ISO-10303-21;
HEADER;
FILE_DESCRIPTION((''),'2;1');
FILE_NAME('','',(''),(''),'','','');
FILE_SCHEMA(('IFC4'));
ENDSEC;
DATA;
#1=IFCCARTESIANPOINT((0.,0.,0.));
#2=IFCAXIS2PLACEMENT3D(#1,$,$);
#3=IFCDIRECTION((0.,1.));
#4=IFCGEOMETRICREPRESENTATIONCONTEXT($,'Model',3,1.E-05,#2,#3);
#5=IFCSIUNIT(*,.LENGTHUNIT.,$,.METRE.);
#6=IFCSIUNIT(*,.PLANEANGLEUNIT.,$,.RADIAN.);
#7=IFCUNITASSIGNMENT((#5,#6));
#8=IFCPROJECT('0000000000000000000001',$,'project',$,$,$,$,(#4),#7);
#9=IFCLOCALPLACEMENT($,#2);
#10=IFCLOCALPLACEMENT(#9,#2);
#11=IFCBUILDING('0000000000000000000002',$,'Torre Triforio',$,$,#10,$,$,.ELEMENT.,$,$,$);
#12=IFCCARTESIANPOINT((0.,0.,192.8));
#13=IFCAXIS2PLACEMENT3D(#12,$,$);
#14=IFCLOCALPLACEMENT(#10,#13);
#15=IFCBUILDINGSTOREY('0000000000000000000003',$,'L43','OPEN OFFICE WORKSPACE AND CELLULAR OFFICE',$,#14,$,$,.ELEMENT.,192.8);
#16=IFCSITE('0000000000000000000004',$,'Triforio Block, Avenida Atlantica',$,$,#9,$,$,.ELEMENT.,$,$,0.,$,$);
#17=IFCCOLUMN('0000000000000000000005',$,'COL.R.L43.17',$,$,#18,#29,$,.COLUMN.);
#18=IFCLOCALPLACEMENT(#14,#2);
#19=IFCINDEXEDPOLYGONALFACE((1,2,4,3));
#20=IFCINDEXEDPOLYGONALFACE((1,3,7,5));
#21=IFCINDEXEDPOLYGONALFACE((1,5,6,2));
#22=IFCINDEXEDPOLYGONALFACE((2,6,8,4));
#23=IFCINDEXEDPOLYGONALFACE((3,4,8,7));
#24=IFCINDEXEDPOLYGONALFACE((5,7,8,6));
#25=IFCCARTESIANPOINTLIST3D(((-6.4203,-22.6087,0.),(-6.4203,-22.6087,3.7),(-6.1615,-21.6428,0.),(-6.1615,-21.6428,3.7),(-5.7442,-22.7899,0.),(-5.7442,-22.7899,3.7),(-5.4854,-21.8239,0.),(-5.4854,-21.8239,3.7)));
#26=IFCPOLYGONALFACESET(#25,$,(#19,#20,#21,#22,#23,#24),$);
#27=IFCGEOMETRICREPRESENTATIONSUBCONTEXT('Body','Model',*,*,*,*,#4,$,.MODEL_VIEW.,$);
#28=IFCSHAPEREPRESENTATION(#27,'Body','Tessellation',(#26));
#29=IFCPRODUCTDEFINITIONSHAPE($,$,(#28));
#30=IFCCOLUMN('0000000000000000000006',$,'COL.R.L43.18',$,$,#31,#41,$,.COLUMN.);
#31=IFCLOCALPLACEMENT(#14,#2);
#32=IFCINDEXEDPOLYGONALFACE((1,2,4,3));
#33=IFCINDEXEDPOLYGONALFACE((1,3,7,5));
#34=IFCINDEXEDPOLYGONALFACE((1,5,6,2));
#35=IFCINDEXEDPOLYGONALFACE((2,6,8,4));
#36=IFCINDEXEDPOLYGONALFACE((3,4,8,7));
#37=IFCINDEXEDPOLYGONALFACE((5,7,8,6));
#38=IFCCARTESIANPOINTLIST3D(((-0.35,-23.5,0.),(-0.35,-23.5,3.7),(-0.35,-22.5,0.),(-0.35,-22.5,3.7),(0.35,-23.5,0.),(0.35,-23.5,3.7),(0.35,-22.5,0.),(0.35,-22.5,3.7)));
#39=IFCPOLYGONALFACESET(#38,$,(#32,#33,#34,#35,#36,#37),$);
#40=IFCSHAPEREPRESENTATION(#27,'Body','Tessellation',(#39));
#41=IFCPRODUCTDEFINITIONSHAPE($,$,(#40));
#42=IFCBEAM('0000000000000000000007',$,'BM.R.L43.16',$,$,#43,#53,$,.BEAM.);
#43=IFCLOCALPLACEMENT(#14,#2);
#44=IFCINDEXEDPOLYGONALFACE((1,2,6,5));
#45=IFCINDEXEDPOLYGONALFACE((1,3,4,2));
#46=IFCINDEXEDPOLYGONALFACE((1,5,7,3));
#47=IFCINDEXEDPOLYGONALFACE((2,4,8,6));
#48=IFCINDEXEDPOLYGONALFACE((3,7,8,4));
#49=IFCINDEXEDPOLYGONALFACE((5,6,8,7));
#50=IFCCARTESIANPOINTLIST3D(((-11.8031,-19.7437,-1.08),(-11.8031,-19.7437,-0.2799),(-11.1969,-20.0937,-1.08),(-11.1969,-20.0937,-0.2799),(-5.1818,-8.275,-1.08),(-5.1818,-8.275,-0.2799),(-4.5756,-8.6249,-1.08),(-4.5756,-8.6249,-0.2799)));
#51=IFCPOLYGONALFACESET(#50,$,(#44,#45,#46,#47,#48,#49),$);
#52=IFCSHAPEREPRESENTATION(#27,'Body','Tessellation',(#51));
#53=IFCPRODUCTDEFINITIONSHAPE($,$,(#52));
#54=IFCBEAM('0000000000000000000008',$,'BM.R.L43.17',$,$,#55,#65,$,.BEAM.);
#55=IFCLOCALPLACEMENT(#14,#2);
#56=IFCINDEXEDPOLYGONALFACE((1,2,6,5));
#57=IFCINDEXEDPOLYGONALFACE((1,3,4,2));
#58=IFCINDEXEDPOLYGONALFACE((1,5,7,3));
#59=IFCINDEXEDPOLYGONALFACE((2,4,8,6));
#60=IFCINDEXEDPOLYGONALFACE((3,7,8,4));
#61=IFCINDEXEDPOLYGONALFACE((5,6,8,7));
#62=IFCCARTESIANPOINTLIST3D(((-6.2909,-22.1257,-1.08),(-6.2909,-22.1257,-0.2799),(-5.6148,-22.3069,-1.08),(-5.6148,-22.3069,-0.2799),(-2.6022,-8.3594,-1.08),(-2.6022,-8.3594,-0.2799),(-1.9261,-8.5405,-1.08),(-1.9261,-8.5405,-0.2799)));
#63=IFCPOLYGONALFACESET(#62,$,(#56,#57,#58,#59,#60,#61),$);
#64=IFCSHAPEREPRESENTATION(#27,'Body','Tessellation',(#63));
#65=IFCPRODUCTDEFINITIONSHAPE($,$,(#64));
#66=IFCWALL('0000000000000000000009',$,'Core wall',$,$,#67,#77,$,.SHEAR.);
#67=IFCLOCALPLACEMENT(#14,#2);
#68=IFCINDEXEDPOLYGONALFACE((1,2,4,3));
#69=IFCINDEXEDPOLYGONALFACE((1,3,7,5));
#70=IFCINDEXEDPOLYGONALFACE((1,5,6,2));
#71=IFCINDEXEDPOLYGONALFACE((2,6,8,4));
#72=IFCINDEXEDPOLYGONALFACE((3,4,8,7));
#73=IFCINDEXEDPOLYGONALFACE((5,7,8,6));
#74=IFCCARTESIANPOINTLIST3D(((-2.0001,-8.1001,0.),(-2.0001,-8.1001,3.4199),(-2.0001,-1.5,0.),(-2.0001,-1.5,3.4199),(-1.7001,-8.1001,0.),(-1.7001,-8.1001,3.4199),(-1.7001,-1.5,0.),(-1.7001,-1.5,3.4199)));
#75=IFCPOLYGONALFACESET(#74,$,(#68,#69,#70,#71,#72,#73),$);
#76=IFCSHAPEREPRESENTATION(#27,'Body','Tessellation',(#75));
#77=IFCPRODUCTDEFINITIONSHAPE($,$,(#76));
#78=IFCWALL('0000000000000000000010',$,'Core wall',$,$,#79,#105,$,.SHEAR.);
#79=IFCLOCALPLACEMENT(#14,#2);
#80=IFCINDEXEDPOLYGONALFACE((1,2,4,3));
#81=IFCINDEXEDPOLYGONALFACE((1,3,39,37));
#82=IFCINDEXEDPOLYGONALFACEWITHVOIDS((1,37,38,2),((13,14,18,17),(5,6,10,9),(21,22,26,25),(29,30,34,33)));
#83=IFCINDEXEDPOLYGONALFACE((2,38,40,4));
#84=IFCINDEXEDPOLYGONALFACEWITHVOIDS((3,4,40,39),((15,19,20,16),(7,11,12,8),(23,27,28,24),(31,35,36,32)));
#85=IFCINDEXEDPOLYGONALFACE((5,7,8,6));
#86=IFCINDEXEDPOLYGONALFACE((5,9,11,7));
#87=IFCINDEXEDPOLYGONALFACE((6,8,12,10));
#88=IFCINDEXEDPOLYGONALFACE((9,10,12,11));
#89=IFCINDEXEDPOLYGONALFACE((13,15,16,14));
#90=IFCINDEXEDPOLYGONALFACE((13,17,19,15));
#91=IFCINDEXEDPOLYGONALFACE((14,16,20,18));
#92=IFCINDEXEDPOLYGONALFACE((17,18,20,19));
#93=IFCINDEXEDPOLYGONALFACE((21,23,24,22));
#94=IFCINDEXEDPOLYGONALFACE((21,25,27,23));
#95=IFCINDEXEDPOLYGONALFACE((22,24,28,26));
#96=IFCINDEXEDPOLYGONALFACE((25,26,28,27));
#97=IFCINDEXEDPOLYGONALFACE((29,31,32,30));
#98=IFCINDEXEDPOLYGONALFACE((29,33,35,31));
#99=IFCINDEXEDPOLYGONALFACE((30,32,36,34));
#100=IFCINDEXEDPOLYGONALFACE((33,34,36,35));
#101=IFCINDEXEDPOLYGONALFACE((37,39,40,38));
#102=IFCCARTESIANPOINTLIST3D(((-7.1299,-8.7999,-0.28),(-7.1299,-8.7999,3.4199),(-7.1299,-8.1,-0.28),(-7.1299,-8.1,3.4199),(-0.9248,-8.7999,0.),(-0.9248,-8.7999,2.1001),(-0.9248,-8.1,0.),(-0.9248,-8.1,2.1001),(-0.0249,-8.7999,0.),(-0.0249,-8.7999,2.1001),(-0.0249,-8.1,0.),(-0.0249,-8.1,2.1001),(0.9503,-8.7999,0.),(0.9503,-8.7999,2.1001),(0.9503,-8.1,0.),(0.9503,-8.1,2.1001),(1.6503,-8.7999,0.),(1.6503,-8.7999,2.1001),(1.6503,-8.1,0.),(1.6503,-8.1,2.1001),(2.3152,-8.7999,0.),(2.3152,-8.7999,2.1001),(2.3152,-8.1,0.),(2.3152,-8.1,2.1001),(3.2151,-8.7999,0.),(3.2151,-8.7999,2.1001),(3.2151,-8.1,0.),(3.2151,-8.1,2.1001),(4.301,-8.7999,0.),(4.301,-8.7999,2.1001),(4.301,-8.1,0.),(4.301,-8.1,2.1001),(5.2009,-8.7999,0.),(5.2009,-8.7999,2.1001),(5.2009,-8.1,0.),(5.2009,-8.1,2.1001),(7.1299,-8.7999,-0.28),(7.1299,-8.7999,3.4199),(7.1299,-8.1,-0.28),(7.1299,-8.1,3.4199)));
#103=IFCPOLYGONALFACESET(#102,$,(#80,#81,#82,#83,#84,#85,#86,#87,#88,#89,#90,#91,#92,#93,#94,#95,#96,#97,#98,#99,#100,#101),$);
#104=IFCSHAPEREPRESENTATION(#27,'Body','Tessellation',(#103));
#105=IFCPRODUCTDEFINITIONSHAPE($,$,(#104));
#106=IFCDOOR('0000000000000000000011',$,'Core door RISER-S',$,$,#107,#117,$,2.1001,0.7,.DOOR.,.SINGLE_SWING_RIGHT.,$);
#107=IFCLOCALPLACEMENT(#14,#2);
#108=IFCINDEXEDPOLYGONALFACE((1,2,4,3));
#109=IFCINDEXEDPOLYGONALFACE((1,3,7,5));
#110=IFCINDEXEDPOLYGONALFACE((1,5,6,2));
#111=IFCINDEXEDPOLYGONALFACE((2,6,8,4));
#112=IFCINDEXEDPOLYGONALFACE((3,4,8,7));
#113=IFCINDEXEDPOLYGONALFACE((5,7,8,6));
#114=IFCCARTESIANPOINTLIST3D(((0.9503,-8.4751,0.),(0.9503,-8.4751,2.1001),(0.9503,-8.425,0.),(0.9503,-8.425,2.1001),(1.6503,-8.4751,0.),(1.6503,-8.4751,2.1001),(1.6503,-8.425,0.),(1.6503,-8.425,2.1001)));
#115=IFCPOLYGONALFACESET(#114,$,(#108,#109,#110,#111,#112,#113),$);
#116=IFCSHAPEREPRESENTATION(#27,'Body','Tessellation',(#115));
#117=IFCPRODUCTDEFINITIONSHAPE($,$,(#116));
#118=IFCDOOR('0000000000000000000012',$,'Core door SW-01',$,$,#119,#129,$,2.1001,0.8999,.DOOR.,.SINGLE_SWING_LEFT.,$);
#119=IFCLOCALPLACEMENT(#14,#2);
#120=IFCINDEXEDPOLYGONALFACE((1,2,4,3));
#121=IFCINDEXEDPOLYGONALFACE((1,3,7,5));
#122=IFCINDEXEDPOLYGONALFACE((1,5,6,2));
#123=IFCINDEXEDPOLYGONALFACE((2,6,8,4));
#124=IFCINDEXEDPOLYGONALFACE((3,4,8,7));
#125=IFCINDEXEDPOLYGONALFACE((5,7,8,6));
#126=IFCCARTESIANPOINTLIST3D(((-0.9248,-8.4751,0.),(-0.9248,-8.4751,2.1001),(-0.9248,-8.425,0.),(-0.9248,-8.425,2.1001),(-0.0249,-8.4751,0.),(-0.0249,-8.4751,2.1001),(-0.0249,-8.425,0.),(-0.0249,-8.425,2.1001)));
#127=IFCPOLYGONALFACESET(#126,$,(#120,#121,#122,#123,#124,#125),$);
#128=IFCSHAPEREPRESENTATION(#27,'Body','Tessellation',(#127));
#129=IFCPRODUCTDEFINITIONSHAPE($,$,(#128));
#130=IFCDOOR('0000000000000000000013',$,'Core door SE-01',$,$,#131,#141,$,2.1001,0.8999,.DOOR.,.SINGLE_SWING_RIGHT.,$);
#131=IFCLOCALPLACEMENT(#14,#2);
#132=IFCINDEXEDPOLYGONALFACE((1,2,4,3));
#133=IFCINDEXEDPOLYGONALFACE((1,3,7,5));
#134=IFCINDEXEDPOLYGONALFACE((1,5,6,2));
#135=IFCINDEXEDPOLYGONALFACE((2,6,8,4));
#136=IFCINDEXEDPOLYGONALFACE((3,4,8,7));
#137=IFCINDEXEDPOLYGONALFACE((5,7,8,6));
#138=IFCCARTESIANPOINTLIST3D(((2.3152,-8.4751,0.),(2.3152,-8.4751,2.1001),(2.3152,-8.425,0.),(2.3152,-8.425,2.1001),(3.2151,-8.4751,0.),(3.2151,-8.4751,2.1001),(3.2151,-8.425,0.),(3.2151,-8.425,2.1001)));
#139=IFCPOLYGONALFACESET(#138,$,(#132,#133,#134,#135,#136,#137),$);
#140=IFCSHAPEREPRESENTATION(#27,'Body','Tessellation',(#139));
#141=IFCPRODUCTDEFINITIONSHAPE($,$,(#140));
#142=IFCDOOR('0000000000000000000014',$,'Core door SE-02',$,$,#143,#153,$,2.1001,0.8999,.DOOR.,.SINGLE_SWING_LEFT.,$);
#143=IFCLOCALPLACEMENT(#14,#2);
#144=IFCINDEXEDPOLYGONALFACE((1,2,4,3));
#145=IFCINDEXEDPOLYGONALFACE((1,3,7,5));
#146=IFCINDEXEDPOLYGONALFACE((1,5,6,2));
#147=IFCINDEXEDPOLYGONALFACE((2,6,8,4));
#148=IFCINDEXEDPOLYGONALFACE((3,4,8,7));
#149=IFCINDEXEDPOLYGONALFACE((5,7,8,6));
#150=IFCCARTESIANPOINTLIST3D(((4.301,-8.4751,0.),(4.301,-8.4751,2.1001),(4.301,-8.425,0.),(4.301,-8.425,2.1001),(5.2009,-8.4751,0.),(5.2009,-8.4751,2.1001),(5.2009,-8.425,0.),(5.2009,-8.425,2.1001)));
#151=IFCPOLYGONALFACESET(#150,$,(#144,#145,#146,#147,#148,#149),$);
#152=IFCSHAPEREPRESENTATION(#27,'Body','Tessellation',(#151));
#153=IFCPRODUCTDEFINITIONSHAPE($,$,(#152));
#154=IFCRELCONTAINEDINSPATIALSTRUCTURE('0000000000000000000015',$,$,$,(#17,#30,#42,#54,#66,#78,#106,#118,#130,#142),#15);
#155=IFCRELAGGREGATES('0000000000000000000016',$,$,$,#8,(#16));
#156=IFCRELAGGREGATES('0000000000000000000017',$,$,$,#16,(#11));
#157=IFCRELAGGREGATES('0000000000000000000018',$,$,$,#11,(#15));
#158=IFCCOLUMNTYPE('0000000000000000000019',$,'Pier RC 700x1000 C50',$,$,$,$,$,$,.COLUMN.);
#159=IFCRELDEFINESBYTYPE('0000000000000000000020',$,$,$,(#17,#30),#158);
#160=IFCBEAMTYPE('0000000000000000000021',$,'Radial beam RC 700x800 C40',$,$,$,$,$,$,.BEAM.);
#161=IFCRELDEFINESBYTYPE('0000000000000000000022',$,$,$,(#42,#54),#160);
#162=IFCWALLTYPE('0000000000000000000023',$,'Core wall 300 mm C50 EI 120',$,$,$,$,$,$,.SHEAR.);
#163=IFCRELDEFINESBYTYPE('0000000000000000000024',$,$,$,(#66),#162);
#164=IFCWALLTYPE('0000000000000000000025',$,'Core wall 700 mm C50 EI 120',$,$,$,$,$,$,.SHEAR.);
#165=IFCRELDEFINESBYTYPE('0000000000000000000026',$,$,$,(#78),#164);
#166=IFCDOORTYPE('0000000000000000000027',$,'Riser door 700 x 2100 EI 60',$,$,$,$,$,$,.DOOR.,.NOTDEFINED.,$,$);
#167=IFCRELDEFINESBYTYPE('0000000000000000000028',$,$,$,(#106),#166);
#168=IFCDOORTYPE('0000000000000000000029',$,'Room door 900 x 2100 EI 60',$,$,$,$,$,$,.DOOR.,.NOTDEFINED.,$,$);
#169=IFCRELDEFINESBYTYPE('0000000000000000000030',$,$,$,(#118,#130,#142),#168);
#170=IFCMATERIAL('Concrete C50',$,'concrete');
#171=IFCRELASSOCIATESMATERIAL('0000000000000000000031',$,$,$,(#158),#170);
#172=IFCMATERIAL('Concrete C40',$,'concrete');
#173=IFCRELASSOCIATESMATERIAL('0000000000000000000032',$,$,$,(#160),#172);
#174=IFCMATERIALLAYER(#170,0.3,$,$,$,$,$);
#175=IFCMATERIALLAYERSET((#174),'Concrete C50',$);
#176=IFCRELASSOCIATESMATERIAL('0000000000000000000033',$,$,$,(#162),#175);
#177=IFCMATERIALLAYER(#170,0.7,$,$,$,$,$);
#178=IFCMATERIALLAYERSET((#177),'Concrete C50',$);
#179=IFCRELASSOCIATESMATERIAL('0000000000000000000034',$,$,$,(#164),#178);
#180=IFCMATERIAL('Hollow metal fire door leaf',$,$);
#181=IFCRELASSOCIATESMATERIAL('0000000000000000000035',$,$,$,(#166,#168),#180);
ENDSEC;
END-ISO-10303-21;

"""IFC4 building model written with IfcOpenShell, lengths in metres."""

from ifc_helpers import new_model, si_unit, direction, frame, frame_2d, origin, origin_2d, place, context, subcontext, project, spatial, rectangle, extrude, material, layer, layer_set, material_profile, profile_set, type_object, element, fill, save


model = new_model("IFC4")

# Units and contexts
model_context = context("Model", 3, precision=1e-05, world=origin(), true_north=direction((0.0, 1.0)))
body_context = subcontext(model_context, "Body", "Model", "MODEL_VIEW")
ifc_project = project(units=[si_unit("LENGTHUNIT", "METRE"), si_unit("PLANEANGLEUNIT", "RADIAN")], contexts=[model_context])

# Site, building, storey
site_placement = place(None, origin())
site = spatial("IfcSite", under=ifc_project, at=site_placement, Name="Triforio Block, Avenida Atlantica", CompositionType="ELEMENT", RefElevation=0.0)
building_placement = place(site_placement, origin())
building = spatial("IfcBuilding", under=site, at=building_placement, Name="Torre Triforio", CompositionType="ELEMENT")
storey_placement = place(building_placement, frame((0.0, 0.0, 192.8)))
storey = spatial("IfcBuildingStorey", under=building, at=storey_placement, Name="L43", Description="OPEN OFFICE WORKSPACE AND CELLULAR OFFICE", CompositionType="ELEMENT", Elevation=192.8)

# Columns
ifc_material_1 = material(Name="Concrete C50", Category="concrete")
ifc_material_profile_1 = material_profile(ifc_material_1, rectangle(XDim=0.7, YDim=1.0, at=origin_2d()), Name="RC 700x1000")
ifc_profile_set_1 = profile_set([ifc_material_profile_1], Name="Concrete C50")
column_type = type_object("IfcColumnType", Name="Pier RC 700x1000 C50", PredefinedType="COLUMN", material=ifc_profile_set_1)
for number, where, z_axis, x_axis, name in (
    (1, (-5.9529, -22.2163, 0.0), (0.0, 0.0, 1.0), (0.965926, -0.258819, 0.0), "COL.R.L43.17"),
    (2, (0.0, -23.0, 0.0), (0.0, 0.0, 1.0), (1.0, 0.0, 0.0), "COL.R.L43.18"),
):
    element("IfcColumn", number, at=place(storey_placement, frame(where, z_axis=z_axis, x_axis=x_axis)), inside=storey, type_object=column_type, Name=name, PredefinedType="COLUMN", context=body_context, shape_type="SweptSolid", body=[
        extrude(rectangle(XDim=0.7, YDim=1.0, at=origin_2d()), origin(), (0.0, 0.0, 1.0), 3.7),
    ])

# Beams
ifc_material_2 = material(Name="Concrete C40", Category="concrete")
ifc_material_profile_2 = material_profile(ifc_material_2, rectangle(XDim=0.7, YDim=0.8, at=origin_2d()), Name="RC 700x800")
ifc_profile_set_2 = profile_set([ifc_material_profile_2], Name="Concrete C40")
beam_type = type_object("IfcBeamType", Name="Radial beam RC 700x800 C40", PredefinedType="BEAM", material=ifc_profile_set_2)
beam_1_placement = place(storey_placement, frame((-4.8787, -8.45, -0.6799), z_axis=(-0.499992, -0.86603, 0.0), x_axis=(0.86603, -0.499992, 0.0)))
element("IfcBeam", 3, at=beam_1_placement, inside=storey, type_object=beam_type, Name="BM.R.L43.16", PredefinedType="BEAM", context=body_context, shape_type="SweptSolid", body=[
    extrude(rectangle(XDim=0.7, YDim=0.8, at=origin_2d()), origin(), (0.0, 0.0, 1.0), 13.2429),
])
beam_2_placement = place(storey_placement, frame((-2.2642, -8.45, -0.6799), z_axis=(-0.258821, -0.965925, 0.0), x_axis=(0.965925, -0.258821, 0.0)))
element("IfcBeam", 4, at=beam_2_placement, inside=storey, type_object=beam_type, Name="BM.R.L43.17", PredefinedType="BEAM", context=body_context, shape_type="SweptSolid", body=[
    extrude(rectangle(XDim=0.7, YDim=0.8, at=origin_2d()), origin(), (0.0, 0.0, 1.0), 14.252),
])

# Wall
ifc_layer_1 = layer(ifc_material_1, 0.3)
ifc_layer_set_1 = layer_set([ifc_layer_1], Name="Concrete C50")
wall_type_1 = type_object("IfcWallType", Name="Core wall 300 mm C50 EI 120", PredefinedType="SHEAR", material=ifc_layer_set_1)
wall_1_placement = place(storey_placement, frame((-1.8501, -8.1001, 0.0), z_axis=(0.0, 0.0, 1.0), x_axis=(0.0, 1.0, 0.0)))
element("IfcWall", 5, at=wall_1_placement, inside=storey, type_object=wall_type_1, Name="Core wall", PredefinedType="SHEAR", context=body_context, shape_type="SweptSolid", body=[
    extrude(rectangle(XDim=6.6001, YDim=0.3, at=frame_2d((3.3, 0.0))), origin(), (0.0, 0.0, 1.0), 3.4199),
])

# Wall, openings, doors
ifc_layer_2 = layer(ifc_material_1, 0.7)
ifc_layer_set_2 = layer_set([ifc_layer_2], Name="Concrete C50")
wall_type_2 = type_object("IfcWallType", Name="Core wall 700 mm C50 EI 120", PredefinedType="SHEAR", material=ifc_layer_set_2)
wall_2_placement = place(storey_placement, frame((-7.1299, -8.45, -0.28), z_axis=(0.0, 0.0, 1.0), x_axis=(1.0, 0.0, 0.0)))
wall_2 = element("IfcWall", 6, at=wall_2_placement, inside=storey, type_object=wall_type_2, Name="Core wall", PredefinedType="SHEAR", context=body_context, shape_type="SweptSolid", body=[
    extrude(rectangle(XDim=14.2598, YDim=0.7, at=frame_2d((7.1299, 0.0))), origin(), (0.0, 0.0, 1.0), 3.7),
])
opening_1_placement = place(wall_2_placement, frame((8.0801, 0.0, 0.28)))
opening_1 = element("IfcOpeningElement", 7, at=opening_1_placement, cuts=wall_2, PredefinedType="OPENING", context=body_context, shape_type="SweptSolid", body=[
    extrude(rectangle(XDim=0.7, YDim=2.1001, at=frame_2d((0.3501, 1.05))), frame((0.0, 0.3599, 0.0), z_axis=(0.0, -1.0, 0.0), x_axis=(1.0, 0.0, 0.0)), (0.0, 0.0, 1.0), 0.72),
])
opening_2_placement = place(wall_2_placement, frame((6.2051, 0.0, 0.28)))
opening_2 = element("IfcOpeningElement", 8, at=opening_2_placement, cuts=wall_2, PredefinedType="OPENING", context=body_context, shape_type="SweptSolid", body=[
    extrude(rectangle(XDim=0.8999, YDim=2.1001, at=frame_2d((0.45, 1.05))), frame((0.0, 0.3599, 0.0), z_axis=(0.0, -1.0, 0.0), x_axis=(1.0, 0.0, 0.0)), (0.0, 0.0, 1.0), 0.72),
])
opening_3_placement = place(wall_2_placement, frame((9.4451, 0.0, 0.28)))
opening_3 = element("IfcOpeningElement", 9, at=opening_3_placement, cuts=wall_2, PredefinedType="OPENING", context=body_context, shape_type="SweptSolid", body=[
    extrude(rectangle(XDim=0.8999, YDim=2.1001, at=frame_2d((0.45, 1.05))), frame((0.0, 0.3599, 0.0), z_axis=(0.0, -1.0, 0.0), x_axis=(1.0, 0.0, 0.0)), (0.0, 0.0, 1.0), 0.72),
])
opening_4_placement = place(wall_2_placement, frame((11.4309, 0.0, 0.28)))
opening_4 = element("IfcOpeningElement", 10, at=opening_4_placement, cuts=wall_2, PredefinedType="OPENING", context=body_context, shape_type="SweptSolid", body=[
    extrude(rectangle(XDim=0.8999, YDim=2.1001, at=frame_2d((0.45, 1.05))), frame((0.0, 0.3599, 0.0), z_axis=(0.0, -1.0, 0.0), x_axis=(1.0, 0.0, 0.0)), (0.0, 0.0, 1.0), 0.72),
])
ifc_material_3 = material(Name="Hollow metal fire door leaf")
door_type_1 = type_object("IfcDoorType", Name="Riser door 700 x 2100 EI 60", OperationType="NOTDEFINED", PredefinedType="DOOR", material=ifc_material_3)
door_1_placement = place(opening_1_placement, origin())
door_1 = element("IfcDoor", 11, at=door_1_placement, inside=storey, type_object=door_type_1, Name="Core door RISER-S", OperationType="SINGLE_SWING_RIGHT", OverallHeight=2.1001, OverallWidth=0.7, PredefinedType="DOOR", context=body_context, shape_type="SweptSolid", body=[
    extrude(rectangle(XDim=0.7, YDim=2.1001, at=frame_2d((0.3501, 1.05))), frame((0.0, 0.0249, 0.0), z_axis=(0.0, -1.0, 0.0), x_axis=(1.0, 0.0, 0.0)), (0.0, 0.0, 1.0), 0.05),
])
fill(opening_1, door_1)
door_type_2 = type_object("IfcDoorType", Name="Room door 900 x 2100 EI 60", OperationType="NOTDEFINED", PredefinedType="DOOR", material=ifc_material_3)
door_2_placement = place(opening_2_placement, origin())
door_2 = element("IfcDoor", 12, at=door_2_placement, inside=storey, type_object=door_type_2, Name="Core door SW-01", OperationType="SINGLE_SWING_LEFT", OverallHeight=2.1001, OverallWidth=0.8999, PredefinedType="DOOR", context=body_context, shape_type="SweptSolid", body=[
    extrude(rectangle(XDim=0.8999, YDim=2.1001, at=frame_2d((0.45, 1.05))), frame((0.0, 0.0249, 0.0), z_axis=(0.0, -1.0, 0.0), x_axis=(1.0, 0.0, 0.0)), (0.0, 0.0, 1.0), 0.05),
])
fill(opening_2, door_2)
door_3_placement = place(opening_3_placement, origin())
door_3 = element("IfcDoor", 13, at=door_3_placement, inside=storey, type_object=door_type_2, Name="Core door SE-01", OperationType="SINGLE_SWING_RIGHT", OverallHeight=2.1001, OverallWidth=0.8999, PredefinedType="DOOR", context=body_context, shape_type="SweptSolid", body=[
    extrude(rectangle(XDim=0.8999, YDim=2.1001, at=frame_2d((0.45, 1.05))), frame((0.0, 0.0249, 0.0), z_axis=(0.0, -1.0, 0.0), x_axis=(1.0, 0.0, 0.0)), (0.0, 0.0, 1.0), 0.05),
])
fill(opening_3, door_3)
door_4_placement = place(opening_4_placement, origin())
door_4 = element("IfcDoor", 14, at=door_4_placement, inside=storey, type_object=door_type_2, Name="Core door SE-02", OperationType="SINGLE_SWING_LEFT", OverallHeight=2.1001, OverallWidth=0.8999, PredefinedType="DOOR", context=body_context, shape_type="SweptSolid", body=[
    extrude(rectangle(XDim=0.8999, YDim=2.1001, at=frame_2d((0.45, 1.05))), frame((0.0, 0.0249, 0.0), z_axis=(0.0, -1.0, 0.0), x_axis=(1.0, 0.0, 0.0)), (0.0, 0.0, 1.0), 0.05),
])
fill(opening_4, door_4)

save(model, "model.ifc")
